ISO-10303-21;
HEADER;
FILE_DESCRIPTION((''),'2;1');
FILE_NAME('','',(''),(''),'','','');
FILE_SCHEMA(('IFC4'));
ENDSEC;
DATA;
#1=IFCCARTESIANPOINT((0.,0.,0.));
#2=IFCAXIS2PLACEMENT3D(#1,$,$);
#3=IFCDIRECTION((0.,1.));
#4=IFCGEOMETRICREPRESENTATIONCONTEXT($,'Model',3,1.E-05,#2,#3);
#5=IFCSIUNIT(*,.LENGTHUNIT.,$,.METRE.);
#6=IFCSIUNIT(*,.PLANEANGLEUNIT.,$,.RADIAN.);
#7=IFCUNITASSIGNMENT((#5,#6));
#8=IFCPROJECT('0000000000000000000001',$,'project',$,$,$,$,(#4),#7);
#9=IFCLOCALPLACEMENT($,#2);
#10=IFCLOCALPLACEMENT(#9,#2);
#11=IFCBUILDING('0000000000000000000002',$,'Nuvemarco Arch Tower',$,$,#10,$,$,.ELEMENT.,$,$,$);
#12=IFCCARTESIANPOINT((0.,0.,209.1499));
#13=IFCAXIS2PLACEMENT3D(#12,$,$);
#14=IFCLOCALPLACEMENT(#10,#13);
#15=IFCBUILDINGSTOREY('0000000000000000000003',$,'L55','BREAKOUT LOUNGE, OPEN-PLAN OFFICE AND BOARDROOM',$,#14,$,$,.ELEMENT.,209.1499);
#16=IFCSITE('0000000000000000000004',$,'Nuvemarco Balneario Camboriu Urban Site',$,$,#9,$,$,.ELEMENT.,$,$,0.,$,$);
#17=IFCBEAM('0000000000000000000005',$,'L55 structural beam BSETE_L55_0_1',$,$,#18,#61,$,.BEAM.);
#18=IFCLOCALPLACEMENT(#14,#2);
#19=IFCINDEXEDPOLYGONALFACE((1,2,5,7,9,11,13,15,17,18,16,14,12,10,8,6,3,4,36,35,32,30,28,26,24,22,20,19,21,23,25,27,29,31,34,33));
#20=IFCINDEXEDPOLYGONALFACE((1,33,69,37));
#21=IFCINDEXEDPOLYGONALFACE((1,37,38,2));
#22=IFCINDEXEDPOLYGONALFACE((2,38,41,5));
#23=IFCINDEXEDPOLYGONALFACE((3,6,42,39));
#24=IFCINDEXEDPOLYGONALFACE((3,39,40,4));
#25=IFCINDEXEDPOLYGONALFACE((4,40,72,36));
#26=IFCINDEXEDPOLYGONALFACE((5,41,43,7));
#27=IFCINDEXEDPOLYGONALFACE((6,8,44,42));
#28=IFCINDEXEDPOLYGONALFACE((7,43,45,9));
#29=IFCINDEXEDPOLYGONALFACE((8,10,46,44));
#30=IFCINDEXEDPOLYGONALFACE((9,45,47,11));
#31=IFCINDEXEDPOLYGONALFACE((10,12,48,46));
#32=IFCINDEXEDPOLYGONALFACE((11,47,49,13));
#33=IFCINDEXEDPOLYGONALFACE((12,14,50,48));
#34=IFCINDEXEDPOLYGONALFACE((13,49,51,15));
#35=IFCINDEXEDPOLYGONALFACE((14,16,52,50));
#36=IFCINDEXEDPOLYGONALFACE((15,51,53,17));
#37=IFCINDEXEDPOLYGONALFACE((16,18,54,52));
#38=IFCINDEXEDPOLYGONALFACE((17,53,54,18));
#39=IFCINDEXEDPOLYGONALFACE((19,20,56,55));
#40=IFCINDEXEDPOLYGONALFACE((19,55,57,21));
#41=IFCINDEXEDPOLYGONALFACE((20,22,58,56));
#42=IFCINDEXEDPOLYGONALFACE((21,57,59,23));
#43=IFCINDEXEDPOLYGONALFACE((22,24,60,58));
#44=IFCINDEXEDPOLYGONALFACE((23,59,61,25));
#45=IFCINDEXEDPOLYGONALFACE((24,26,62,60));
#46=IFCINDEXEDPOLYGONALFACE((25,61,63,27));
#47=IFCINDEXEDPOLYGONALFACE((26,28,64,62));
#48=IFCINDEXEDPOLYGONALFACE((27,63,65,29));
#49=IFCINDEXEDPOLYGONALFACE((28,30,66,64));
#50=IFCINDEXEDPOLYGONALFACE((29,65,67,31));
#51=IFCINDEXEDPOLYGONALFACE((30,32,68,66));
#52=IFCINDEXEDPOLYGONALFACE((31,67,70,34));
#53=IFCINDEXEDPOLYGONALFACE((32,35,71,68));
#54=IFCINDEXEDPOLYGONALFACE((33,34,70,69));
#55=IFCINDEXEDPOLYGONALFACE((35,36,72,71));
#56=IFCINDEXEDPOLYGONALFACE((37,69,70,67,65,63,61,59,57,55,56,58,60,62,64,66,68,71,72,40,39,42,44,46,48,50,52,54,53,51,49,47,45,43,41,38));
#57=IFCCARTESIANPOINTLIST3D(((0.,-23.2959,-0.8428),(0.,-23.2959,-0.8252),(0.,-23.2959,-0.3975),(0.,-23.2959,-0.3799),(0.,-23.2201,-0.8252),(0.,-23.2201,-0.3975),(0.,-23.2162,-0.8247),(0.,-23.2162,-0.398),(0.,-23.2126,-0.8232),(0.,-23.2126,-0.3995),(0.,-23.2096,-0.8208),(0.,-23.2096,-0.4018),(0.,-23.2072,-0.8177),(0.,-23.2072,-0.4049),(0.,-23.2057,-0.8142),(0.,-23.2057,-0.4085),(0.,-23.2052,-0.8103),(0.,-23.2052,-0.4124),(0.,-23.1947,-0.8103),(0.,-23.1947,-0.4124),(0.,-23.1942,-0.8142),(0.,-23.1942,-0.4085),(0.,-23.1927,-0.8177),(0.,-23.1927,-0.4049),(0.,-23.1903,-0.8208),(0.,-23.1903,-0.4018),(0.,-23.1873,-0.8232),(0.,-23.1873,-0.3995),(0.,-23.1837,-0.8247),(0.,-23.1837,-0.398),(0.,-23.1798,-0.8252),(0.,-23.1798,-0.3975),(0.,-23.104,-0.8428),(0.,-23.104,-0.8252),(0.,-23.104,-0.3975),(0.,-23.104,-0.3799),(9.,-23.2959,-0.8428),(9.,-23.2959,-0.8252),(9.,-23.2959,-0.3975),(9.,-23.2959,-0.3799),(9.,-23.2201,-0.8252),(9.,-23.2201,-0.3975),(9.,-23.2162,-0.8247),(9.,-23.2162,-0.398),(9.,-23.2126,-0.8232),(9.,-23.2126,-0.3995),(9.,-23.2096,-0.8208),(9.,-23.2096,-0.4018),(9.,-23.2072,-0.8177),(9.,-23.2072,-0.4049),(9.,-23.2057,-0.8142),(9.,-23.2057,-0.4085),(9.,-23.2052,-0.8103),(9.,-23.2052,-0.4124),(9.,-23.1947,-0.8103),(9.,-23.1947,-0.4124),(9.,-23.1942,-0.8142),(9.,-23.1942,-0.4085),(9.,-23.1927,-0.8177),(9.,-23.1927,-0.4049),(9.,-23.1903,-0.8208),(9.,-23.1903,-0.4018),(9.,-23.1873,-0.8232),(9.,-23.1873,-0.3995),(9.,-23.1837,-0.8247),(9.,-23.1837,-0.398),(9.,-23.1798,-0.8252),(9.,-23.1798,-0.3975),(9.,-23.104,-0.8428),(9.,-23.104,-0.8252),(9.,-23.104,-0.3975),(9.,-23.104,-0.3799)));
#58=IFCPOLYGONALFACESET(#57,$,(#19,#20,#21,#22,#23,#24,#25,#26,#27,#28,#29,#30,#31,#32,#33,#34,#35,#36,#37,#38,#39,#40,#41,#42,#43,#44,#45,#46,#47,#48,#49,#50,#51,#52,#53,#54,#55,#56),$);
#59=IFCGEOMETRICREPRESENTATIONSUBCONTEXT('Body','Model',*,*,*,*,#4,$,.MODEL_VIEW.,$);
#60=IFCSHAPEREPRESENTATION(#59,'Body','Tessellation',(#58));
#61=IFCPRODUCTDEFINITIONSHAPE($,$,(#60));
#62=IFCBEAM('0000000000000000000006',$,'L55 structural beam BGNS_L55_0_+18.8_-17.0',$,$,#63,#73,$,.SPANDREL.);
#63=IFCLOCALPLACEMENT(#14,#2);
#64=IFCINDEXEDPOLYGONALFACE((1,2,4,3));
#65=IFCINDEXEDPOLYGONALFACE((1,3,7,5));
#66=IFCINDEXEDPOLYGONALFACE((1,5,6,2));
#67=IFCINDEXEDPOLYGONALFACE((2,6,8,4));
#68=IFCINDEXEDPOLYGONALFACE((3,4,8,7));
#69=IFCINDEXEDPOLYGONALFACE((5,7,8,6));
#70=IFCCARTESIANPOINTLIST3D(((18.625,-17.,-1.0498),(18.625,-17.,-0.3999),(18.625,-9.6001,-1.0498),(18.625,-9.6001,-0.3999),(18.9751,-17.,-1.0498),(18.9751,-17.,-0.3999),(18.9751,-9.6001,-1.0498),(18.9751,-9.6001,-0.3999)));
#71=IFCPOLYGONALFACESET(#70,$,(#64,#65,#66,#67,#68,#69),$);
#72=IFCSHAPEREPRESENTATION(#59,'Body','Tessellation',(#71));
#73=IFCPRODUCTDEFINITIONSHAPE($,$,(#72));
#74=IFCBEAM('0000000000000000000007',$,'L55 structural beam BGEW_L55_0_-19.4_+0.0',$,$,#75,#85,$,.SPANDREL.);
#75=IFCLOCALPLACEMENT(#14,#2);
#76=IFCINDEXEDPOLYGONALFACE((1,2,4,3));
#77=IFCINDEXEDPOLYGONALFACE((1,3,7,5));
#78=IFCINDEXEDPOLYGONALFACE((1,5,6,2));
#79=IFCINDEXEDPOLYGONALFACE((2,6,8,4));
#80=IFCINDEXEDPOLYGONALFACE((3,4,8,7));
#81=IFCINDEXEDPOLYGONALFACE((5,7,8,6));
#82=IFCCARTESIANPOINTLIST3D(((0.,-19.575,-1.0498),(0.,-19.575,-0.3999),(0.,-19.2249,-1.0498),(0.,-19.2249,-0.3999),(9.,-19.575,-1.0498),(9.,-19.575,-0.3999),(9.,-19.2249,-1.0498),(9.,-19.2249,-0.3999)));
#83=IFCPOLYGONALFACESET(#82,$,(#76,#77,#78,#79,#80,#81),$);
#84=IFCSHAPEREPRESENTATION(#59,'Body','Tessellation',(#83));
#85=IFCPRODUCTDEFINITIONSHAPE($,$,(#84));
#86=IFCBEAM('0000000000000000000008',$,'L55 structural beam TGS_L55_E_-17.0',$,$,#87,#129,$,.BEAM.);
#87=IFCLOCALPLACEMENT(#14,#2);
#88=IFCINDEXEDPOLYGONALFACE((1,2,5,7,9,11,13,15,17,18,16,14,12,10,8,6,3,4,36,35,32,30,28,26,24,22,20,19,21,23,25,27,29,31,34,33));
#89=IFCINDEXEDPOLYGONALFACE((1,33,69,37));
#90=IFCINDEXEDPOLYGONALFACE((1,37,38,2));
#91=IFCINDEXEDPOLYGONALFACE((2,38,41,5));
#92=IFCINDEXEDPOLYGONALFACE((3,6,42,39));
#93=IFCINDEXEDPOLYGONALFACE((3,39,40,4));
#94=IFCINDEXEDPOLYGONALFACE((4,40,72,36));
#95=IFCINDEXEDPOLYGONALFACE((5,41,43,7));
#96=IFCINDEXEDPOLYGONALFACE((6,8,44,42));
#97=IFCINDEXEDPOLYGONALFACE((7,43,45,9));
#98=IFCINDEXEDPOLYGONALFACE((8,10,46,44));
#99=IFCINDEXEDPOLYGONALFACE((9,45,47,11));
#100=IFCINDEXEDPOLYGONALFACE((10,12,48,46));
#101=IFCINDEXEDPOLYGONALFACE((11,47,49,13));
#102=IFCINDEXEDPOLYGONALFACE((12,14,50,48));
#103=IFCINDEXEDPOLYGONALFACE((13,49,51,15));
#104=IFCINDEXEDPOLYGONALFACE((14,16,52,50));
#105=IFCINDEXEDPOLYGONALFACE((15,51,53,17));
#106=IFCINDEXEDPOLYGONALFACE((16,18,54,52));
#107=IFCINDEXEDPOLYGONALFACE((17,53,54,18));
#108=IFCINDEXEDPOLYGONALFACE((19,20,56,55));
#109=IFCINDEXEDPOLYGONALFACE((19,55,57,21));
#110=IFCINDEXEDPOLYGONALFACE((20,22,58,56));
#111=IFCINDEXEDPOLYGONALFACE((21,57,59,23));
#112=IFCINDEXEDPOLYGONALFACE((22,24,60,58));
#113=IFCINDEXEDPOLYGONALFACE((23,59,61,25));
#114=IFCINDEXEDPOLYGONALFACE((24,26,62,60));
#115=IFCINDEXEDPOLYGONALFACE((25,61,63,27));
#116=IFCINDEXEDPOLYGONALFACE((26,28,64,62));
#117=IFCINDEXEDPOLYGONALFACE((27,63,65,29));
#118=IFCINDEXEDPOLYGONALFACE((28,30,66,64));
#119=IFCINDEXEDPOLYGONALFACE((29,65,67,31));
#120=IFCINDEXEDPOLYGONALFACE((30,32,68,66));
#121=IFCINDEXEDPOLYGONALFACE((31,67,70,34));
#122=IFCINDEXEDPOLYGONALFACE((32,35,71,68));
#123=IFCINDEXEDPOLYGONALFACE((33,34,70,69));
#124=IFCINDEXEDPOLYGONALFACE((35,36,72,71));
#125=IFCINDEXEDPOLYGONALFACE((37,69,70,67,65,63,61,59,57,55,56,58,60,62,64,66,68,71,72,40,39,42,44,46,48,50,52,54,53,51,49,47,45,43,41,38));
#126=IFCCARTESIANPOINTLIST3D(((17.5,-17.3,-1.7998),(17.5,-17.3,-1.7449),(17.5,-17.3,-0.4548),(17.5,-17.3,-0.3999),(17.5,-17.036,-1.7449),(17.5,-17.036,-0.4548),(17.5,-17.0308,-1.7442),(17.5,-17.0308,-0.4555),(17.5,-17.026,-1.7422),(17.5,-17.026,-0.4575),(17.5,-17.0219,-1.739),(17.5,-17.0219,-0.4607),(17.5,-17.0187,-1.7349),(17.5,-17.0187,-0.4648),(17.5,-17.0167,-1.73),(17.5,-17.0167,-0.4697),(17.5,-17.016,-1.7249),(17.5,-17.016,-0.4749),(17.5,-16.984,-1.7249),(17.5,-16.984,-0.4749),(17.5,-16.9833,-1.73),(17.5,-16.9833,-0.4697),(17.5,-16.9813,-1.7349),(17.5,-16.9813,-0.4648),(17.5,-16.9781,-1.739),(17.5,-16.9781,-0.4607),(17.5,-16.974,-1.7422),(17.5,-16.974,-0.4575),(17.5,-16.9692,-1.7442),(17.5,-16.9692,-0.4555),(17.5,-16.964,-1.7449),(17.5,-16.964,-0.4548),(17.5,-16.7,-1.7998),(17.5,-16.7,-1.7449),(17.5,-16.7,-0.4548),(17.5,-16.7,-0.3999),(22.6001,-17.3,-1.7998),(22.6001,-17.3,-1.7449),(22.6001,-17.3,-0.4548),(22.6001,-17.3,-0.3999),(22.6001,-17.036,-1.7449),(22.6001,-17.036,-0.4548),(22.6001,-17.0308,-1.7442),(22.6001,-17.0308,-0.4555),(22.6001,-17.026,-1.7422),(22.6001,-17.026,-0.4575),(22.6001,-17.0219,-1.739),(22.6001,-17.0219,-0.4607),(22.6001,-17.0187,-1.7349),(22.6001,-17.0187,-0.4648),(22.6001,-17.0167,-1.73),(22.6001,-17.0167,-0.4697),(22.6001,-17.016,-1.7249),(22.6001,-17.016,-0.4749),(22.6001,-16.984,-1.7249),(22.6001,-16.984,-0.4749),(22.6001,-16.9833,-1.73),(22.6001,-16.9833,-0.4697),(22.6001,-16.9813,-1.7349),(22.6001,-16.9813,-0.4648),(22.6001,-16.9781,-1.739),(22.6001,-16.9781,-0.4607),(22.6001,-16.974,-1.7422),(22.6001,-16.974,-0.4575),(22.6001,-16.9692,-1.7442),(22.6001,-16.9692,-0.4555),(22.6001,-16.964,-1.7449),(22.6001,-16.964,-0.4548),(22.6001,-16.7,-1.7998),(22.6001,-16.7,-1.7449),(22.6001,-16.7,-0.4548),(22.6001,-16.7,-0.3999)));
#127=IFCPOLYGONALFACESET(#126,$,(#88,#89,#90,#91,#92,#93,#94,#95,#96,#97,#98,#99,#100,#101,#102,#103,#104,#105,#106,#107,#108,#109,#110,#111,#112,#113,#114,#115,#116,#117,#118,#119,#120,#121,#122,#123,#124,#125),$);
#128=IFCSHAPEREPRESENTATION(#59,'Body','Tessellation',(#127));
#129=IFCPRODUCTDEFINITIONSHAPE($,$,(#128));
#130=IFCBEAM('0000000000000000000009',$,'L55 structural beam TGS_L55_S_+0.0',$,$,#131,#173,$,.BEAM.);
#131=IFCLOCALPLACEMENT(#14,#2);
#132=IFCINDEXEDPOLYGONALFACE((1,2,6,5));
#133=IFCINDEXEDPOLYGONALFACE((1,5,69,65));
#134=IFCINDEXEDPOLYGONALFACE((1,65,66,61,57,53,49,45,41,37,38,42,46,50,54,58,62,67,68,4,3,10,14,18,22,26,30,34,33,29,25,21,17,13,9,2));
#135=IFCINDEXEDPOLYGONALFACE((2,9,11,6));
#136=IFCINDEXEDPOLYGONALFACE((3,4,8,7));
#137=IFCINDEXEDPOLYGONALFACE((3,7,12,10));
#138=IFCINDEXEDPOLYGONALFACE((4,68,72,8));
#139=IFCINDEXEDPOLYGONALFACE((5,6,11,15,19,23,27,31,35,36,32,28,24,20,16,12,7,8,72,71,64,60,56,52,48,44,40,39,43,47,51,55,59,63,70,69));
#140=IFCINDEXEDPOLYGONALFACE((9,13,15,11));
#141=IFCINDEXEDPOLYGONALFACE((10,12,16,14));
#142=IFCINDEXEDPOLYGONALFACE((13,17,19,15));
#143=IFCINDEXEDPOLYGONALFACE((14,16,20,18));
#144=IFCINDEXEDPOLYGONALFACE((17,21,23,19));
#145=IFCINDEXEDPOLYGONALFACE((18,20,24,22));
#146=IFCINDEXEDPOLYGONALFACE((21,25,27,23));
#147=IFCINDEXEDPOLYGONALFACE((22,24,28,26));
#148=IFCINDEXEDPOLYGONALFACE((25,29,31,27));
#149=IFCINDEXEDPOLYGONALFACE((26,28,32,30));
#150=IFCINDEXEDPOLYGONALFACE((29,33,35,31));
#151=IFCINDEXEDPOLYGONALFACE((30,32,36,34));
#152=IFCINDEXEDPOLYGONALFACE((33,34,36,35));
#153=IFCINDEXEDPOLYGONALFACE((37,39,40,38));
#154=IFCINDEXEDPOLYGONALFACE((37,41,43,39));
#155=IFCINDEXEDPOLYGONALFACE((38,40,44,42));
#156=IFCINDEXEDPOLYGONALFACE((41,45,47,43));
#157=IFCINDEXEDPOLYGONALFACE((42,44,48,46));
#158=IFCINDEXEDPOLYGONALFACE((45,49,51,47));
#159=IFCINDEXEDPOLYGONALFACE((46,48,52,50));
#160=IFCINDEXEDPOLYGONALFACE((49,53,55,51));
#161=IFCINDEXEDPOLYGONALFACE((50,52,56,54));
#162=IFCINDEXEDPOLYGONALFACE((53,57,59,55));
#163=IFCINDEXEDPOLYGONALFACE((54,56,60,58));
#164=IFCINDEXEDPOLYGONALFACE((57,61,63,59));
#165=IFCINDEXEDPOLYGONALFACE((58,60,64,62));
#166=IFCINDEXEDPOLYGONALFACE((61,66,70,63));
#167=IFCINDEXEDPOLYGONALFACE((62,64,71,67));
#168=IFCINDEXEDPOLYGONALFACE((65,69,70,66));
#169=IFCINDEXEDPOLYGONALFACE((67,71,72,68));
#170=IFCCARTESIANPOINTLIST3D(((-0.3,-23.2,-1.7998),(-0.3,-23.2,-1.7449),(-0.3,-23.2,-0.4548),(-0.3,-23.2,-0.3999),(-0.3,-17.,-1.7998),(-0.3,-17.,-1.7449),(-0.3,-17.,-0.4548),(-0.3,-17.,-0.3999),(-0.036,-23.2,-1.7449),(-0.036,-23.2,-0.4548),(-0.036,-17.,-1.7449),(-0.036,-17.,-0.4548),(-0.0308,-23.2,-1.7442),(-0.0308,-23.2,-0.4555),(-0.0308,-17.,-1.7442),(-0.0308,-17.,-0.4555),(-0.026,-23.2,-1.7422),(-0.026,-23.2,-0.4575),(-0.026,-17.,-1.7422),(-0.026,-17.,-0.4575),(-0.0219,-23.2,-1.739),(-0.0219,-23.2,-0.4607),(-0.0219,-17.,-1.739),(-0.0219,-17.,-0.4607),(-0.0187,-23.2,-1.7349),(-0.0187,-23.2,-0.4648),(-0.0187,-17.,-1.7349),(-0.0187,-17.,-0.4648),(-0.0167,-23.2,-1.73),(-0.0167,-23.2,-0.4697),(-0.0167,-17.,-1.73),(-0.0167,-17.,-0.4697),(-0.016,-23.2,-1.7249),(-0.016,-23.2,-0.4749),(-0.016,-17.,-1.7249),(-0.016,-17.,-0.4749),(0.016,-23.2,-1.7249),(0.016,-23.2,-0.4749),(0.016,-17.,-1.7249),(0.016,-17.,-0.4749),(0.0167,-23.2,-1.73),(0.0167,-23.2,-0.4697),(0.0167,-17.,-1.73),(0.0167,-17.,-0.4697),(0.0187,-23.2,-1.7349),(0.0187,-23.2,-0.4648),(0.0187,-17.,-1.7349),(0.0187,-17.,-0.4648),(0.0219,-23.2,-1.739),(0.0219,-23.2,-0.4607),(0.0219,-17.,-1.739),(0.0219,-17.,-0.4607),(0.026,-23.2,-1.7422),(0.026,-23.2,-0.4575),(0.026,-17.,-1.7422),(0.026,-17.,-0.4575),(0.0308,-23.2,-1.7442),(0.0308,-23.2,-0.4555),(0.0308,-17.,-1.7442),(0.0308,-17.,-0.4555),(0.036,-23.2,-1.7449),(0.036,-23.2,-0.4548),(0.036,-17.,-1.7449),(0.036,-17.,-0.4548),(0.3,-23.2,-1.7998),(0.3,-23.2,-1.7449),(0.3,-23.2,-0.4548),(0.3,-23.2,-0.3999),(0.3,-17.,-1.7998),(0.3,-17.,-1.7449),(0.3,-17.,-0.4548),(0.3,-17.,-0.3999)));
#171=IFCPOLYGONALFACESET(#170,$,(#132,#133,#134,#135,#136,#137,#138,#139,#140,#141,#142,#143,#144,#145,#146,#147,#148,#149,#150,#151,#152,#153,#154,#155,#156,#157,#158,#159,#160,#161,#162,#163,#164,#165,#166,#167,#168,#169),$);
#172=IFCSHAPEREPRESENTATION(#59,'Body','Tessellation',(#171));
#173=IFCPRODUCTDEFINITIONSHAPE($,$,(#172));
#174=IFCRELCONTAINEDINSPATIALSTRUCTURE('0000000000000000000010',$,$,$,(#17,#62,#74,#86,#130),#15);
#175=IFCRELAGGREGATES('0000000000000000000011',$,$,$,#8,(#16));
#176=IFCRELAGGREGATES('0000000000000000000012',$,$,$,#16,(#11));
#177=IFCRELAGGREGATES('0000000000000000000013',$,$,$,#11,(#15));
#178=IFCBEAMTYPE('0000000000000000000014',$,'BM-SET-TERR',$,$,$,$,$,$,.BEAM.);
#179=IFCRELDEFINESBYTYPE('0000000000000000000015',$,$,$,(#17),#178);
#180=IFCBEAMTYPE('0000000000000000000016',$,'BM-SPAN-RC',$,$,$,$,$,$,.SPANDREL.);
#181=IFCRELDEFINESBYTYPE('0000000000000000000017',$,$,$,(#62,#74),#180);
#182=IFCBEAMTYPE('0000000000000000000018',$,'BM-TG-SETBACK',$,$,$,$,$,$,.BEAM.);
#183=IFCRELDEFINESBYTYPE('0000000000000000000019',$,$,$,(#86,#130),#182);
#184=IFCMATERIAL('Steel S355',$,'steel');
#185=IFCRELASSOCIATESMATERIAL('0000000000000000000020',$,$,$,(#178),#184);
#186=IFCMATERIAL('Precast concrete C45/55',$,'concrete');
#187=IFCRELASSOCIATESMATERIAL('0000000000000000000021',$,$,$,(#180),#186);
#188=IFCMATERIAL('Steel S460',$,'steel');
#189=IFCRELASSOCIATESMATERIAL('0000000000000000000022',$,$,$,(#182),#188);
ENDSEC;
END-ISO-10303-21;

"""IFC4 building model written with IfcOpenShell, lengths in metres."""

from ifc_helpers import new_model, si_unit, direction, frame, origin, origin_2d, place, context, subcontext, project, spatial, rectangle, i_section, extrude, material, material_profile, profile_set, type_object, element, save


model = new_model("IFC4")

# Units and contexts
model_context = context("Model", 3, precision=1e-05, world=origin(), true_north=direction((0.0, 1.0)))
body_context = subcontext(model_context, "Body", "Model", "MODEL_VIEW")
ifc_project = project(units=[si_unit("LENGTHUNIT", "METRE"), si_unit("PLANEANGLEUNIT", "RADIAN")], contexts=[model_context])

# Site, building, storey
site_placement = place(None, origin())
site = spatial("IfcSite", under=ifc_project, at=site_placement, Name="Nuvemarco Balneario Camboriu Urban Site", CompositionType="ELEMENT", RefElevation=0.0)
building_placement = place(site_placement, origin())
building = spatial("IfcBuilding", under=site, at=building_placement, Name="Nuvemarco Arch Tower", CompositionType="ELEMENT")
storey_placement = place(building_placement, frame((0.0, 0.0, 209.1499)))
storey = spatial("IfcBuildingStorey", under=building, at=storey_placement, Name="L55", Description="BREAKOUT LOUNGE, OPEN-PLAN OFFICE AND BOARDROOM", CompositionType="ELEMENT", Elevation=209.1499)

# Shared definitions
ifc_material_1 = material(Name="Steel S355", Category="steel")

# Beams
ifc_material_profile_1 = material_profile(ifc_material_1, i_section(OverallWidth=0.1919, OverallDepth=0.4629, WebThickness=0.0105, FlangeThickness=0.0176, FilletRadius=0.0149, at=origin_2d()), Name="W460x89")
ifc_profile_set_1 = profile_set([ifc_material_profile_1], Name="Steel S355")
beam_type_1 = type_object("IfcBeamType", Name="BM-SET-TERR", PredefinedType="BEAM", material=ifc_profile_set_1)
beam_1_placement = place(storey_placement, frame((0.0, -23.2, -0.6113), z_axis=(1.0, 0.0, 0.0), x_axis=(0.0, 1.0, 0.0)))
element("IfcBeam", 1, at=beam_1_placement, inside=storey, type_object=beam_type_1, Name="L55 structural beam BSETE_L55_0_1", PredefinedType="BEAM", context=body_context, shape_type="SweptSolid", body=[
    extrude(i_section(OverallWidth=0.1919, OverallDepth=0.4629, WebThickness=0.0105, FlangeThickness=0.0176, FilletRadius=0.0149, at=origin_2d()), origin(), (0.0, 0.0, 1.0), 9.0),
])
ifc_material_2 = material(Name="Precast concrete C45/55", Category="concrete")
ifc_material_profile_2 = material_profile(ifc_material_2, rectangle(XDim=0.3501, YDim=0.6499, at=origin_2d()), Name="PC-SP-350x650")
ifc_profile_set_2 = profile_set([ifc_material_profile_2], Name="Precast concrete C45/55")
beam_type_2 = type_object("IfcBeamType", Name="BM-SPAN-RC", PredefinedType="SPANDREL", material=ifc_profile_set_2)
beam_2_placement = place(storey_placement, frame((18.8, -17.0, -0.7249), z_axis=(0.0, 1.0, 0.0), x_axis=(-1.0, 0.0, 0.0)))
element("IfcBeam", 2, at=beam_2_placement, inside=storey, type_object=beam_type_2, Name="L55 structural beam BGNS_L55_0_+18.8_-17.0", PredefinedType="SPANDREL", context=body_context, shape_type="SweptSolid", body=[
    extrude(rectangle(XDim=0.3501, YDim=0.6499, at=origin_2d()), origin(), (0.0, 0.0, 1.0), 7.3999),
])
beam_3_placement = place(storey_placement, frame((0.0, -19.3999, -0.7249), z_axis=(1.0, 0.0, 0.0), x_axis=(0.0, 1.0, 0.0)))
element("IfcBeam", 3, at=beam_3_placement, inside=storey, type_object=beam_type_2, Name="L55 structural beam BGEW_L55_0_-19.4_+0.0", PredefinedType="SPANDREL", context=body_context, shape_type="SweptSolid", body=[
    extrude(rectangle(XDim=0.3501, YDim=0.6499, at=origin_2d()), origin(), (0.0, 0.0, 1.0), 9.0),
])
ifc_material_3 = material(Name="Steel S460", Category="steel")
ifc_material_profile_3 = material_profile(ifc_material_3, i_section(OverallWidth=0.6001, OverallDepth=1.3999, WebThickness=0.032, FlangeThickness=0.0549, FilletRadius=0.02, at=origin_2d()), Name="PG1400x600")
ifc_profile_set_3 = profile_set([ifc_material_profile_3], Name="Steel S460")
beam_type_3 = type_object("IfcBeamType", Name="BM-TG-SETBACK", PredefinedType="BEAM", material=ifc_profile_set_3)
beam_4_placement = place(storey_placement, frame((17.5, -17.0, -1.0999), z_axis=(1.0, 0.0, 0.0), x_axis=(0.0, 1.0, 0.0)))
element("IfcBeam", 4, at=beam_4_placement, inside=storey, type_object=beam_type_3, Name="L55 structural beam TGS_L55_E_-17.0", PredefinedType="BEAM", context=body_context, shape_type="SweptSolid", body=[
    extrude(i_section(OverallWidth=0.6001, OverallDepth=1.3999, WebThickness=0.032, FlangeThickness=0.0549, FilletRadius=0.02, at=origin_2d()), origin(), (0.0, 0.0, 1.0), 5.1001),
])
for number, where, z_axis, x_axis, name in (
    (5, (0.0, -23.2, -1.0999), (0.0, 1.0, 0.0), (-1.0, 0.0, 0.0), "L55 structural beam TGS_L55_S_+0.0"),
):
    element("IfcBeam", number, at=place(storey_placement, frame(where, z_axis=z_axis, x_axis=x_axis)), inside=storey, type_object=beam_type_3, Name=name, PredefinedType="BEAM", context=body_context, shape_type="SweptSolid", body=[
        extrude(i_section(OverallWidth=0.6001, OverallDepth=1.3999, WebThickness=0.032, FlangeThickness=0.0549, FilletRadius=0.02, at=origin_2d()), origin(), (0.0, 0.0, 1.0), 6.2),
    ])

save(model, "model.ifc")
